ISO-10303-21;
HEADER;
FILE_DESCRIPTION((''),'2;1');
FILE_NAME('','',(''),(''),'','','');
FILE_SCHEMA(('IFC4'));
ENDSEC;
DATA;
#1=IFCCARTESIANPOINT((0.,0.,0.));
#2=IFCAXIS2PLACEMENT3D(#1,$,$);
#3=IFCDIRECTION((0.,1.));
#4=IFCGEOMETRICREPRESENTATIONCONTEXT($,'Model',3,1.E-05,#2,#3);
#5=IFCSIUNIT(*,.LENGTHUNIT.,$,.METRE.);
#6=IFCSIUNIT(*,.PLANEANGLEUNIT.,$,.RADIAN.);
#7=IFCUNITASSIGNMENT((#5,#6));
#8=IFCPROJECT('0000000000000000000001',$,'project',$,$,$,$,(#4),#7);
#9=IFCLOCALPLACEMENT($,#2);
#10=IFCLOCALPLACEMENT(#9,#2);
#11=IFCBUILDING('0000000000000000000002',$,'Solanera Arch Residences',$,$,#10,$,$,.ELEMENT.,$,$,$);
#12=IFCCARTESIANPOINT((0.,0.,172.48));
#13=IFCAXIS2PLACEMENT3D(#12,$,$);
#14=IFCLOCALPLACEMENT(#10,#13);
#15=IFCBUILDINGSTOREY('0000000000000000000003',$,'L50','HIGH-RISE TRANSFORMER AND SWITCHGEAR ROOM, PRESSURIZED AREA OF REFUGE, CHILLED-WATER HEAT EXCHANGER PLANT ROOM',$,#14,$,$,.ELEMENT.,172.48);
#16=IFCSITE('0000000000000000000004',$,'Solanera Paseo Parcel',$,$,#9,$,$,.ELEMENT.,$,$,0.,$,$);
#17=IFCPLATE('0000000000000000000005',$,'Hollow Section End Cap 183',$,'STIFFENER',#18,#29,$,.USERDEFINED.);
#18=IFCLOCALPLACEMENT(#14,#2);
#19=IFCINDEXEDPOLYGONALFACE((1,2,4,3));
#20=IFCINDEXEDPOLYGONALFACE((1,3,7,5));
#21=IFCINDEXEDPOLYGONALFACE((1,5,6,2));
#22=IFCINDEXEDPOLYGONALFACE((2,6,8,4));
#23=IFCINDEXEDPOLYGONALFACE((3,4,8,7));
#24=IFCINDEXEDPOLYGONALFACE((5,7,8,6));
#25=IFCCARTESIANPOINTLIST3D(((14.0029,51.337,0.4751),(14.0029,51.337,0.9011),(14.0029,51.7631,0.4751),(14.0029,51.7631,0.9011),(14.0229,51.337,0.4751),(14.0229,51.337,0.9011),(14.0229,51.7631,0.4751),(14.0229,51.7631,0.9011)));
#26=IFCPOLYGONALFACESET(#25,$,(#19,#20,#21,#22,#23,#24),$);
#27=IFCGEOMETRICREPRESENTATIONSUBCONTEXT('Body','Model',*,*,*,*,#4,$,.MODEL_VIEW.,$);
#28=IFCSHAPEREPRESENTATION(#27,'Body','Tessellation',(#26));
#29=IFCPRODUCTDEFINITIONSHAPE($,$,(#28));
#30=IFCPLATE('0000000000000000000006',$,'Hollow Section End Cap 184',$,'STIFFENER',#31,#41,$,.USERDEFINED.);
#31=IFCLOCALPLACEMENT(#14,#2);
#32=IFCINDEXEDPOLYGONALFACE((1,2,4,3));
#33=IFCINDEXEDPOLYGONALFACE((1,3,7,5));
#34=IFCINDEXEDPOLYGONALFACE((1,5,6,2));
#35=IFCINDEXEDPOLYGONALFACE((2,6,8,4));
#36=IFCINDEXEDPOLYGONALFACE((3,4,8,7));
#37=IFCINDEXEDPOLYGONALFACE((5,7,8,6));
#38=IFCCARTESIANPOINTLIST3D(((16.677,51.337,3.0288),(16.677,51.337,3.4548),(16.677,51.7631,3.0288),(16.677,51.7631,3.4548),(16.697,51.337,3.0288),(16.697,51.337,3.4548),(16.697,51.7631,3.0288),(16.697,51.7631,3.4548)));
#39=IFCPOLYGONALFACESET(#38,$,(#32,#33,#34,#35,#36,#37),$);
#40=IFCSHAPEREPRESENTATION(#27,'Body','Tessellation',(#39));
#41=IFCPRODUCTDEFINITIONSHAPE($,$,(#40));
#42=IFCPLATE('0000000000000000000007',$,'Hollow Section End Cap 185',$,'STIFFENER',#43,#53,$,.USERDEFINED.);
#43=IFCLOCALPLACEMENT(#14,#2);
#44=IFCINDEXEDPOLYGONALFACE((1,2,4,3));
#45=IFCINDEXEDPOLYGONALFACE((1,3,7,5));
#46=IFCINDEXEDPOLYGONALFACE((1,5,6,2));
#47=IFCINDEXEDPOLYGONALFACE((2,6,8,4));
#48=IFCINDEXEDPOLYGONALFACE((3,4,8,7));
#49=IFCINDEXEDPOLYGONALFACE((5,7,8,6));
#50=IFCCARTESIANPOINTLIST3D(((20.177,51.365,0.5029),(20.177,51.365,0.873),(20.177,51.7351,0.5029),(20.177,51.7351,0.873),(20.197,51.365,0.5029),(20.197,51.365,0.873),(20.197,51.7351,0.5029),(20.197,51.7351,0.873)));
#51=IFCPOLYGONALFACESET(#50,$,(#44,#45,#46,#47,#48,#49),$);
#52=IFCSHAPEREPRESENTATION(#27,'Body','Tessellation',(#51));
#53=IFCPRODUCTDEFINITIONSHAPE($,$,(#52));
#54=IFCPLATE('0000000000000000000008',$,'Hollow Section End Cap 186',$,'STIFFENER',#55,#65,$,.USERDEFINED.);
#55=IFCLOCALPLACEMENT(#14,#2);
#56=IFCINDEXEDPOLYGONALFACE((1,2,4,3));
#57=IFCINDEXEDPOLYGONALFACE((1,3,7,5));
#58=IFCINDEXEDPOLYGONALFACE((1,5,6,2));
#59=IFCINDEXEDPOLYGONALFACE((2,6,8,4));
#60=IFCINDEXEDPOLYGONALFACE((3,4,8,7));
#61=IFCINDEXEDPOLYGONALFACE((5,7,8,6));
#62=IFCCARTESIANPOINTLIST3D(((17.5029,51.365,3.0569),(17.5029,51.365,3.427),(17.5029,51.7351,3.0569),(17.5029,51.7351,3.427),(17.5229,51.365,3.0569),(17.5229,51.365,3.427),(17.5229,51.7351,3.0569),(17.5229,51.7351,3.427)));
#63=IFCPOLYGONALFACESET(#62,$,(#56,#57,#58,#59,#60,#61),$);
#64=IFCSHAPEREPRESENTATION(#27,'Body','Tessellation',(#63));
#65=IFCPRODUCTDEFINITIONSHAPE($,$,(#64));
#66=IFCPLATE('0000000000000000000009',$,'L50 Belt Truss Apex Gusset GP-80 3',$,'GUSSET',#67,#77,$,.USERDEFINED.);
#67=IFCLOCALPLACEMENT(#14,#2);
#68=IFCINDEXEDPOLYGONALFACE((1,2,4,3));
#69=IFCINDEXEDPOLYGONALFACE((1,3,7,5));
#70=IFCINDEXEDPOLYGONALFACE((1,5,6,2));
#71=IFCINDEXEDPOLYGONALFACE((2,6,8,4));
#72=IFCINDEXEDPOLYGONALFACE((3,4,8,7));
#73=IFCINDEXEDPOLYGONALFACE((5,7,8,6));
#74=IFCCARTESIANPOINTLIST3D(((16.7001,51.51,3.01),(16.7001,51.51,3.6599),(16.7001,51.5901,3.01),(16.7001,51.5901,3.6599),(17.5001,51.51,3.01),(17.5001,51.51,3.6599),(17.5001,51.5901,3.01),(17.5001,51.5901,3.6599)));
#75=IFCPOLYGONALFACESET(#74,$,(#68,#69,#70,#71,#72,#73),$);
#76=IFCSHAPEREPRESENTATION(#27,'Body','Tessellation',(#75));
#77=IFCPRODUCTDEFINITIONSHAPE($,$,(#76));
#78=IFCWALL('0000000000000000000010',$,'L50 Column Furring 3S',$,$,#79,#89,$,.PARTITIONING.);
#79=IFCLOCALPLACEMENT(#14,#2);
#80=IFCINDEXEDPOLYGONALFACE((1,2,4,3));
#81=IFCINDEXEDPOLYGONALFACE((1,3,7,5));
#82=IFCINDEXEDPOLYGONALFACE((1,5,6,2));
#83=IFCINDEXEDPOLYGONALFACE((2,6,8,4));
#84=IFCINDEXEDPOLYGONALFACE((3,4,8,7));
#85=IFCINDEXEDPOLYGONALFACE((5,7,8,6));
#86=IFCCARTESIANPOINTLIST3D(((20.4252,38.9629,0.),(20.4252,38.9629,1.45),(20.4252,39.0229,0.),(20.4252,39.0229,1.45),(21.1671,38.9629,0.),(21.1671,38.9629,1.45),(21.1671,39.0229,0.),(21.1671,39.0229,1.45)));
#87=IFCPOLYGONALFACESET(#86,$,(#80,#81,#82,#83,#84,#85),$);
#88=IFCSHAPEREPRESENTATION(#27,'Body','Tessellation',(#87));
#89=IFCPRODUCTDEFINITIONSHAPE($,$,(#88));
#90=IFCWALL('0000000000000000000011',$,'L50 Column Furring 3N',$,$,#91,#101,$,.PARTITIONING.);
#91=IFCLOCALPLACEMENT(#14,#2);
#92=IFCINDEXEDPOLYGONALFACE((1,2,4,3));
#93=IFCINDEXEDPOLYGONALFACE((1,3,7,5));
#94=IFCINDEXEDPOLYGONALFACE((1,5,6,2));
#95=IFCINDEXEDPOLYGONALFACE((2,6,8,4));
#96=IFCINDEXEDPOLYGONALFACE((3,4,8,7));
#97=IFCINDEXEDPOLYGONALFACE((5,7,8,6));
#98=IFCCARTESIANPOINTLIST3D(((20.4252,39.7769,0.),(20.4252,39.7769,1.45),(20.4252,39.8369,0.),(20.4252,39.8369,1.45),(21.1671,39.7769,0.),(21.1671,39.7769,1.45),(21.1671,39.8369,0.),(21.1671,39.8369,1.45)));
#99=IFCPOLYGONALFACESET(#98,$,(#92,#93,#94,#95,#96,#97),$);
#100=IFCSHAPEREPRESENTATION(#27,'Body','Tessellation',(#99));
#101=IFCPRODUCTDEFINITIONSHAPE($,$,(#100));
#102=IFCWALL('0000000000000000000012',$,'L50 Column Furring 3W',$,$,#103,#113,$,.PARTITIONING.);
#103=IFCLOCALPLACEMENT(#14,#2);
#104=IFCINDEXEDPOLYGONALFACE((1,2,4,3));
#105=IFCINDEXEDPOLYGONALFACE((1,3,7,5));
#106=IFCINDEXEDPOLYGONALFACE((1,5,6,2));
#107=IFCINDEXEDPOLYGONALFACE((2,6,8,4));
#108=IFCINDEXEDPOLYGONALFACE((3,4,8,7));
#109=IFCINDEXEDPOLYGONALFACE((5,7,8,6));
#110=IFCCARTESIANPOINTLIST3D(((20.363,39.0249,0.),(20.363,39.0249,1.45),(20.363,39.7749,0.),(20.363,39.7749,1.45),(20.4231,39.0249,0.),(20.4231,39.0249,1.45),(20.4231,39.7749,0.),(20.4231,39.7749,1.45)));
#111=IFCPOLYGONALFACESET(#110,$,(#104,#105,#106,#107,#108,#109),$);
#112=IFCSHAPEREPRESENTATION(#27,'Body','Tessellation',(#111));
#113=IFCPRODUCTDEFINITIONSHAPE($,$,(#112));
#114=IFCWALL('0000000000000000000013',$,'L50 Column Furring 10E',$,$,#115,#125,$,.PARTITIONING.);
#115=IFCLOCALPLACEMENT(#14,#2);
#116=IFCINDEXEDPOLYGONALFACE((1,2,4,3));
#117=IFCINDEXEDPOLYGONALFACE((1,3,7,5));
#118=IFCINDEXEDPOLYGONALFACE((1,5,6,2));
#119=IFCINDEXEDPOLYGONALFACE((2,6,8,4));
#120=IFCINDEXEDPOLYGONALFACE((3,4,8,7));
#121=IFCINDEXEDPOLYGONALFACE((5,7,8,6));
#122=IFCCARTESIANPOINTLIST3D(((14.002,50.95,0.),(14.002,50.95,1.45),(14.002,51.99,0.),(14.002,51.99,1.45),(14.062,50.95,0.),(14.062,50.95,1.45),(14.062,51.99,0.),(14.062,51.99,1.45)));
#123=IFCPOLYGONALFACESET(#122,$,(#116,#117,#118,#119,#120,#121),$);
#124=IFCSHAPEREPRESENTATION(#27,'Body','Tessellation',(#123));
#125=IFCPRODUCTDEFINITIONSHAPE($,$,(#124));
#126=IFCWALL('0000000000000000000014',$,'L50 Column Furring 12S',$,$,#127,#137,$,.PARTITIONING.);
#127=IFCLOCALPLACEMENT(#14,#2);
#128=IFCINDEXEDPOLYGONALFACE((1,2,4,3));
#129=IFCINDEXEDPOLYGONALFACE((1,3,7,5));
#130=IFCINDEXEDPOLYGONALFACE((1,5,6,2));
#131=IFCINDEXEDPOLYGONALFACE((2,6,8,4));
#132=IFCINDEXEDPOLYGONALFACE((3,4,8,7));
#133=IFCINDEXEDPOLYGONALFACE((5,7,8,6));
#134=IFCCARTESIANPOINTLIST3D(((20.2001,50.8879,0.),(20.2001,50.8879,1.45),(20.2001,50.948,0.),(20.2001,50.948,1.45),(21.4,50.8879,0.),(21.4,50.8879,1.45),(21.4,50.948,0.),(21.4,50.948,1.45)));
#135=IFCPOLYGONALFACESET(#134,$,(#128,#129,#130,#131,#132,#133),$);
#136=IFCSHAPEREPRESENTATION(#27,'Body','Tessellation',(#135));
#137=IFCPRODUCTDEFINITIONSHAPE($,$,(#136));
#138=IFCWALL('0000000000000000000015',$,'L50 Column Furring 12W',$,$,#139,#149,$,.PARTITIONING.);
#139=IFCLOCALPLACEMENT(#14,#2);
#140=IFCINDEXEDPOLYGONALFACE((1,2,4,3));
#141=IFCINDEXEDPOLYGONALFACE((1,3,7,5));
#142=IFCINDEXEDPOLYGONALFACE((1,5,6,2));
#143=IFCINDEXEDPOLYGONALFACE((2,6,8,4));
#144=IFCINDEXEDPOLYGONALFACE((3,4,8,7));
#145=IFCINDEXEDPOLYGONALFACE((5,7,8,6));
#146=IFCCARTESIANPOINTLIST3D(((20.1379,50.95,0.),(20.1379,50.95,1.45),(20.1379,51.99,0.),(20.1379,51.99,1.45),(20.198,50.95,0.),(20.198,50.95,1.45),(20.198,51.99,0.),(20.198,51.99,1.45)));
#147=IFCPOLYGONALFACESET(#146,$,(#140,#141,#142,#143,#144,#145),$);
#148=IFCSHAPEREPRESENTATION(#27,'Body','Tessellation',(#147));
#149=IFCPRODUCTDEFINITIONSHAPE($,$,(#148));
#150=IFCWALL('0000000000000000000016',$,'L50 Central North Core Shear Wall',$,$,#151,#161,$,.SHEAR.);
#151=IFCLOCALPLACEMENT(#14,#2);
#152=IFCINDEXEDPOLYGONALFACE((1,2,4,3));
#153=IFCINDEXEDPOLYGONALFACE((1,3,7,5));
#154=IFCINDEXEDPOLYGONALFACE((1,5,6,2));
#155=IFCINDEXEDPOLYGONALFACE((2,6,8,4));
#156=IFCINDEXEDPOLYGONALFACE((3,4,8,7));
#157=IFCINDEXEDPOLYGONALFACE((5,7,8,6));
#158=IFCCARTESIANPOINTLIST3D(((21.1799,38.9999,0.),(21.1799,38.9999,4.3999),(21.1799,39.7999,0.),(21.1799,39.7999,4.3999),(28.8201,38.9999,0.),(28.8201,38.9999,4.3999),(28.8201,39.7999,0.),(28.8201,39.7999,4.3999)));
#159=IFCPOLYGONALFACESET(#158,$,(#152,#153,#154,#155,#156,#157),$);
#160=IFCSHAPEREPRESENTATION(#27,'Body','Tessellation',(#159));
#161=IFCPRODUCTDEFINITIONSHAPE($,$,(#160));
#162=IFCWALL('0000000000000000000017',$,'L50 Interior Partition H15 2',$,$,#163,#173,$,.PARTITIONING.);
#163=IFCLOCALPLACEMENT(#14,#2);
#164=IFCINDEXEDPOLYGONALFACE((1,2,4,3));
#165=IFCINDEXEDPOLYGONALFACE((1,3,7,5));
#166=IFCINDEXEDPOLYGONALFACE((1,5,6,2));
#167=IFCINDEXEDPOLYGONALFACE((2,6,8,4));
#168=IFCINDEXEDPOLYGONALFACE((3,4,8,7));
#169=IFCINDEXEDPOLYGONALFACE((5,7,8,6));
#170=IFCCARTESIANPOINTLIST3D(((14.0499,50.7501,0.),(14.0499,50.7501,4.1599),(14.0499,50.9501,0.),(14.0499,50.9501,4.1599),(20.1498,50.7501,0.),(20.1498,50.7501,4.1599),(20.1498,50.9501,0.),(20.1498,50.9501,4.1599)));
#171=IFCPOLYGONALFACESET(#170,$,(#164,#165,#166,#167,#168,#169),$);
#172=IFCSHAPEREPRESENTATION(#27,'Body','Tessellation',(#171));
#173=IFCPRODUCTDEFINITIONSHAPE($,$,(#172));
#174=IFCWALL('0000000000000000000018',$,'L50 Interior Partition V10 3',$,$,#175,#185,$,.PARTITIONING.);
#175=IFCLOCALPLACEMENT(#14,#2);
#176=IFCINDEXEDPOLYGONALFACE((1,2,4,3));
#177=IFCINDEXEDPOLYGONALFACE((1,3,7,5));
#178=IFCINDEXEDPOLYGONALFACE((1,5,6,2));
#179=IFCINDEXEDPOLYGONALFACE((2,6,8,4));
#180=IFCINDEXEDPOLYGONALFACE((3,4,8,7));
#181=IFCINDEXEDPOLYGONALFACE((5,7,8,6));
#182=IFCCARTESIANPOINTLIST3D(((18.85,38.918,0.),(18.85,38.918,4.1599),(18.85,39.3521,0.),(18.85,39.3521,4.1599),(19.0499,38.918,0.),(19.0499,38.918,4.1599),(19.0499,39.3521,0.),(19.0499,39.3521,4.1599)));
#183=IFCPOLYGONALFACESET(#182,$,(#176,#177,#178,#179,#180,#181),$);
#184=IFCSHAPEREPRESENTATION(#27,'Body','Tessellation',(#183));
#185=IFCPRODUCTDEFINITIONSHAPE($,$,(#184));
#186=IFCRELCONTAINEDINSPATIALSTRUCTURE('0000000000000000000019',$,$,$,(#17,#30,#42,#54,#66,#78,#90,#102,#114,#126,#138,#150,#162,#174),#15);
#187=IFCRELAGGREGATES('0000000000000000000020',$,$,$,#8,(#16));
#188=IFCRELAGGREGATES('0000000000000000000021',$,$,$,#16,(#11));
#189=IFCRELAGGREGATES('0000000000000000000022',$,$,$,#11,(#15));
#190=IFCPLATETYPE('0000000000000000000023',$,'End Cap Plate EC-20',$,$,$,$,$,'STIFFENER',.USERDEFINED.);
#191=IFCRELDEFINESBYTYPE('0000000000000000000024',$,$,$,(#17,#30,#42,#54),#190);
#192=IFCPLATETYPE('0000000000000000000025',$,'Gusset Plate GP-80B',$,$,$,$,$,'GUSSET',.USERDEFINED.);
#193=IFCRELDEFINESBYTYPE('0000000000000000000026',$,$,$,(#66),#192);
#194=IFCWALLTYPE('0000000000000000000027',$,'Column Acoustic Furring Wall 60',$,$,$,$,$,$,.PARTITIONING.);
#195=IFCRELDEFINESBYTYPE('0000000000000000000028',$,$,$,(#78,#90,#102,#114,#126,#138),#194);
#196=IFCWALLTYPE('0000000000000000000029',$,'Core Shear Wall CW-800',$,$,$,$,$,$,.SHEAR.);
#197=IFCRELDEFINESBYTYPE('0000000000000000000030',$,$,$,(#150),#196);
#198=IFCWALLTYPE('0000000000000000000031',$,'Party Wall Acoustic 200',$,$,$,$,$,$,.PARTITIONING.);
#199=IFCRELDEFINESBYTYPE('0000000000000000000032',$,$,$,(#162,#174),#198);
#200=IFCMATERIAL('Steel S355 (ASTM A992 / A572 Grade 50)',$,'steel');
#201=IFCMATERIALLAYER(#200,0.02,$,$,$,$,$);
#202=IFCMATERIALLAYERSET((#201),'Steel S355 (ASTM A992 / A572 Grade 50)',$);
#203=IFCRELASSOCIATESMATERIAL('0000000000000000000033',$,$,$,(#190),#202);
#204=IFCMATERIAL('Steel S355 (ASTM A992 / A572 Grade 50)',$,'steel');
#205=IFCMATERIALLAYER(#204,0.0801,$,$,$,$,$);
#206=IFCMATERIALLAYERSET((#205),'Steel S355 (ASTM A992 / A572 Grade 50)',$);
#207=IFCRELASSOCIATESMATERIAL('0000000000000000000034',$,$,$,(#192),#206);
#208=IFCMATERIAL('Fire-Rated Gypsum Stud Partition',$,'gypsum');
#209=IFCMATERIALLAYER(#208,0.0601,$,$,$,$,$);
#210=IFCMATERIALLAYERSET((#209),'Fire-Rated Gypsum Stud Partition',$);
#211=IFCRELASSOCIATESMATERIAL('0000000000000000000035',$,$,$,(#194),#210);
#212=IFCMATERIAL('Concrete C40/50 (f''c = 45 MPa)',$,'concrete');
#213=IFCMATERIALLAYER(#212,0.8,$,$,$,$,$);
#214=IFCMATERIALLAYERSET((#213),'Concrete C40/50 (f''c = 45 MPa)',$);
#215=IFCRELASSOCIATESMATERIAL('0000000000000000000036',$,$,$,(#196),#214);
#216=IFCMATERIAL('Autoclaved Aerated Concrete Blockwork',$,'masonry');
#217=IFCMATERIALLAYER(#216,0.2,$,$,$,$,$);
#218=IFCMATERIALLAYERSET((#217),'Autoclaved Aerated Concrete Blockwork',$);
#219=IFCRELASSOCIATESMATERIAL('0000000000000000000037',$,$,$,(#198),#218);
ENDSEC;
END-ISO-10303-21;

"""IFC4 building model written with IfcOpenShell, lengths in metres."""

from ifc_helpers import new_model, si_unit, direction, frame, frame_2d, origin, origin_2d, place, context, subcontext, project, spatial, rectangle, extrude, material, layer, layer_set, type_object, element, save


model = new_model("IFC4")

# Units and contexts
model_context = context("Model", 3, precision=1e-05, world=origin(), true_north=direction((0.0, 1.0)))
body_context = subcontext(model_context, "Body", "Model", "MODEL_VIEW")
ifc_project = project(units=[si_unit("LENGTHUNIT", "METRE"), si_unit("PLANEANGLEUNIT", "RADIAN")], contexts=[model_context])

# Site, building, storey
site_placement = place(None, origin())
site = spatial("IfcSite", under=ifc_project, at=site_placement, Name="Solanera Paseo Parcel", CompositionType="ELEMENT", RefElevation=0.0)
building_placement = place(site_placement, origin())
building = spatial("IfcBuilding", under=site, at=building_placement, Name="Solanera Arch Residences", CompositionType="ELEMENT")
storey_placement = place(building_placement, frame((0.0, 0.0, 172.48)))
storey = spatial("IfcBuildingStorey", under=building, at=storey_placement, Name="L50", Description="HIGH-RISE TRANSFORMER AND SWITCHGEAR ROOM, PRESSURIZED AREA OF REFUGE, CHILLED-WATER HEAT EXCHANGER PLANT ROOM", CompositionType="ELEMENT", Elevation=172.48)

# Plates
ifc_material_1 = material(Name="Steel S355 (ASTM A992 / A572 Grade 50)", Category="steel")
ifc_layer_1 = layer(ifc_material_1, 0.02)
ifc_layer_set_1 = layer_set([ifc_layer_1], Name="Steel S355 (ASTM A992 / A572 Grade 50)")
plate_type_1 = type_object("IfcPlateType", Name="End Cap Plate EC-20", ElementType="STIFFENER", PredefinedType="USERDEFINED", material=ifc_layer_set_1)
for number, where, z_axis, x_axis, name in (
    (1, (14.0129, 51.55, 0.4751), (0.0, 0.0, 1.0), (-1.0, 0.0, 0.0), "Hollow Section End Cap 183"),
    (2, (16.687, 51.55, 3.0288), (0.0, 0.0, 1.0), (1.0, 0.0, 0.0), "Hollow Section End Cap 184"),
):
    element("IfcPlate", number, at=place(storey_placement, frame(where, z_axis=z_axis, x_axis=x_axis)), inside=storey, type_object=plate_type_1, Name=name, ObjectType="STIFFENER", PredefinedType="USERDEFINED", context=body_context, shape_type="SweptSolid", body=[
        extrude(rectangle(XDim=0.02, YDim=0.426, at=origin_2d()), origin(), (0.0, 0.0, 1.0), 0.426),
    ])
for number, where, z_axis, x_axis, name in (
    (3, (20.187, 51.55, 0.5029), (0.0, 0.0, 1.0), (1.0, 0.0, 0.0), "Hollow Section End Cap 185"),
    (4, (17.5129, 51.55, 3.0569), (0.0, 0.0, 1.0), (-1.0, 0.0, 0.0), "Hollow Section End Cap 186"),
):
    element("IfcPlate", number, at=place(storey_placement, frame(where, z_axis=z_axis, x_axis=x_axis)), inside=storey, type_object=plate_type_1, Name=name, ObjectType="STIFFENER", PredefinedType="USERDEFINED", context=body_context, shape_type="SweptSolid", body=[
        extrude(rectangle(XDim=0.02, YDim=0.3701, at=origin_2d()), origin(), (0.0, 0.0, 1.0), 0.3701),
    ])
ifc_material_2 = material(Name="Steel S355 (ASTM A992 / A572 Grade 50)", Category="steel")
ifc_layer_2 = layer(ifc_material_2, 0.0801)
ifc_layer_set_2 = layer_set([ifc_layer_2], Name="Steel S355 (ASTM A992 / A572 Grade 50)")
plate_type_2 = type_object("IfcPlateType", Name="Gusset Plate GP-80B", ElementType="GUSSET", PredefinedType="USERDEFINED", material=ifc_layer_set_2)
plate_1_placement = place(storey_placement, frame((17.1001, 51.55, 3.01), z_axis=(0.0, 0.0, 1.0), x_axis=(1.0, 0.0, 0.0)))
element("IfcPlate", 5, at=plate_1_placement, inside=storey, type_object=plate_type_2, Name="L50 Belt Truss Apex Gusset GP-80 3", ObjectType="GUSSET", PredefinedType="USERDEFINED", context=body_context, shape_type="SweptSolid", body=[
    extrude(rectangle(XDim=0.8, YDim=0.0801, at=origin_2d()), origin(), (0.0, 0.0, 1.0), 0.6499),
])

# Walls
ifc_material_3 = material(Name="Fire-Rated Gypsum Stud Partition", Category="gypsum")
ifc_layer_3 = layer(ifc_material_3, 0.0601)
ifc_layer_set_3 = layer_set([ifc_layer_3], Name="Fire-Rated Gypsum Stud Partition")
wall_type_1 = type_object("IfcWallType", Name="Column Acoustic Furring Wall 60", PredefinedType="PARTITIONING", material=ifc_layer_set_3)
for number, where, z_axis, x_axis, name in (
    (6, (20.425, 38.9929, 0.0), (0.0, 0.0, 1.0), (1.0, 0.0, 0.0), "L50 Column Furring 3S"),
    (7, (20.425, 39.8069, 0.0), (0.0, 0.0, 1.0), (1.0, 0.0, 0.0), "L50 Column Furring 3N"),
):
    element("IfcWall", number, at=place(storey_placement, frame(where, z_axis=z_axis, x_axis=x_axis)), inside=storey, type_object=wall_type_1, Name=name, PredefinedType="PARTITIONING", context=body_context, shape_type="SweptSolid", body=[
        extrude(rectangle(XDim=0.7419, YDim=0.0601, at=frame_2d((0.3711, 0.0))), origin(), (0.0, 0.0, 1.0), 1.45),
    ])
wall_1_placement = place(storey_placement, frame((20.3931, 39.0249, 0.0), z_axis=(0.0, 0.0, 1.0), x_axis=(0.0, 1.0, 0.0)))
element("IfcWall", 8, at=wall_1_placement, inside=storey, type_object=wall_type_1, Name="L50 Column Furring 3W", PredefinedType="PARTITIONING", context=body_context, shape_type="SweptSolid", body=[
    extrude(rectangle(XDim=0.75, YDim=0.0601, at=frame_2d((0.375, 0.0))), origin(), (0.0, 0.0, 1.0), 1.45),
])
wall_2_placement = place(storey_placement, frame((14.032, 50.95, 0.0), z_axis=(0.0, 0.0, 1.0), x_axis=(0.0, 1.0, 0.0)))
element("IfcWall", 9, at=wall_2_placement, inside=storey, type_object=wall_type_1, Name="L50 Column Furring 10E", PredefinedType="PARTITIONING", context=body_context, shape_type="SweptSolid", body=[
    extrude(rectangle(XDim=1.04, YDim=0.0601, at=frame_2d((0.52, 0.0))), origin(), (0.0, 0.0, 1.0), 1.45),
])
wall_3_placement = place(storey_placement, frame((20.2, 50.918, 0.0), z_axis=(0.0, 0.0, 1.0), x_axis=(1.0, 0.0, 0.0)))
element("IfcWall", 10, at=wall_3_placement, inside=storey, type_object=wall_type_1, Name="L50 Column Furring 12S", PredefinedType="PARTITIONING", context=body_context, shape_type="SweptSolid", body=[
    extrude(rectangle(XDim=1.2, YDim=0.0601, at=frame_2d((0.6001, 0.0))), origin(), (0.0, 0.0, 1.0), 1.45),
])
wall_4_placement = place(storey_placement, frame((20.168, 50.95, 0.0), z_axis=(0.0, 0.0, 1.0), x_axis=(0.0, 1.0, 0.0)))
element("IfcWall", 11, at=wall_4_placement, inside=storey, type_object=wall_type_1, Name="L50 Column Furring 12W", PredefinedType="PARTITIONING", context=body_context, shape_type="SweptSolid", body=[
    extrude(rectangle(XDim=1.04, YDim=0.0601, at=frame_2d((0.52, 0.0))), origin(), (0.0, 0.0, 1.0), 1.45),
])
ifc_material_4 = material(Name="Concrete C40/50 (f'c = 45 MPa)", Category="concrete")
ifc_layer_4 = layer(ifc_material_4, 0.8)
ifc_layer_set_4 = layer_set([ifc_layer_4], Name="Concrete C40/50 (f'c = 45 MPa)")
wall_type_2 = type_object("IfcWallType", Name="Core Shear Wall CW-800", PredefinedType="SHEAR", material=ifc_layer_set_4)
wall_5_placement = place(storey_placement, frame((21.1799, 39.3999, 0.0), z_axis=(0.0, 0.0, 1.0), x_axis=(1.0, 0.0, 0.0)))
element("IfcWall", 12, at=wall_5_placement, inside=storey, type_object=wall_type_2, Name="L50 Central North Core Shear Wall", PredefinedType="SHEAR", context=body_context, shape_type="SweptSolid", body=[
    extrude(rectangle(XDim=7.6401, YDim=0.8, at=frame_2d((3.8201, 0.0))), origin(), (0.0, 0.0, 1.0), 4.3999),
])
ifc_material_5 = material(Name="Autoclaved Aerated Concrete Blockwork", Category="masonry")
ifc_layer_5 = layer(ifc_material_5, 0.2)
ifc_layer_set_5 = layer_set([ifc_layer_5], Name="Autoclaved Aerated Concrete Blockwork")
wall_type_3 = type_object("IfcWallType", Name="Party Wall Acoustic 200", PredefinedType="PARTITIONING", material=ifc_layer_set_5)
wall_6_placement = place(storey_placement, frame((14.05, 50.8501, 0.0), z_axis=(0.0, 0.0, 1.0), x_axis=(1.0, 0.0, 0.0)))
element("IfcWall", 13, at=wall_6_placement, inside=storey, type_object=wall_type_3, Name="L50 Interior Partition H15 2", PredefinedType="PARTITIONING", context=body_context, shape_type="SweptSolid", body=[
    extrude(rectangle(XDim=6.0999, YDim=0.2, at=frame_2d((3.0498, 0.0))), origin(), (0.0, 0.0, 1.0), 4.1599),
])
wall_7_placement = place(storey_placement, frame((18.95, 38.918, 0.0), z_axis=(0.0, 0.0, 1.0), x_axis=(0.0, 1.0, 0.0)))
element("IfcWall", 14, at=wall_7_placement, inside=storey, type_object=wall_type_3, Name="L50 Interior Partition V10 3", PredefinedType="PARTITIONING", context=body_context, shape_type="SweptSolid", body=[
    extrude(rectangle(XDim=0.4341, YDim=0.2, at=frame_2d((0.217, 0.0))), origin(), (0.0, 0.0, 1.0), 4.1599),
])

save(model, "model.ifc")
